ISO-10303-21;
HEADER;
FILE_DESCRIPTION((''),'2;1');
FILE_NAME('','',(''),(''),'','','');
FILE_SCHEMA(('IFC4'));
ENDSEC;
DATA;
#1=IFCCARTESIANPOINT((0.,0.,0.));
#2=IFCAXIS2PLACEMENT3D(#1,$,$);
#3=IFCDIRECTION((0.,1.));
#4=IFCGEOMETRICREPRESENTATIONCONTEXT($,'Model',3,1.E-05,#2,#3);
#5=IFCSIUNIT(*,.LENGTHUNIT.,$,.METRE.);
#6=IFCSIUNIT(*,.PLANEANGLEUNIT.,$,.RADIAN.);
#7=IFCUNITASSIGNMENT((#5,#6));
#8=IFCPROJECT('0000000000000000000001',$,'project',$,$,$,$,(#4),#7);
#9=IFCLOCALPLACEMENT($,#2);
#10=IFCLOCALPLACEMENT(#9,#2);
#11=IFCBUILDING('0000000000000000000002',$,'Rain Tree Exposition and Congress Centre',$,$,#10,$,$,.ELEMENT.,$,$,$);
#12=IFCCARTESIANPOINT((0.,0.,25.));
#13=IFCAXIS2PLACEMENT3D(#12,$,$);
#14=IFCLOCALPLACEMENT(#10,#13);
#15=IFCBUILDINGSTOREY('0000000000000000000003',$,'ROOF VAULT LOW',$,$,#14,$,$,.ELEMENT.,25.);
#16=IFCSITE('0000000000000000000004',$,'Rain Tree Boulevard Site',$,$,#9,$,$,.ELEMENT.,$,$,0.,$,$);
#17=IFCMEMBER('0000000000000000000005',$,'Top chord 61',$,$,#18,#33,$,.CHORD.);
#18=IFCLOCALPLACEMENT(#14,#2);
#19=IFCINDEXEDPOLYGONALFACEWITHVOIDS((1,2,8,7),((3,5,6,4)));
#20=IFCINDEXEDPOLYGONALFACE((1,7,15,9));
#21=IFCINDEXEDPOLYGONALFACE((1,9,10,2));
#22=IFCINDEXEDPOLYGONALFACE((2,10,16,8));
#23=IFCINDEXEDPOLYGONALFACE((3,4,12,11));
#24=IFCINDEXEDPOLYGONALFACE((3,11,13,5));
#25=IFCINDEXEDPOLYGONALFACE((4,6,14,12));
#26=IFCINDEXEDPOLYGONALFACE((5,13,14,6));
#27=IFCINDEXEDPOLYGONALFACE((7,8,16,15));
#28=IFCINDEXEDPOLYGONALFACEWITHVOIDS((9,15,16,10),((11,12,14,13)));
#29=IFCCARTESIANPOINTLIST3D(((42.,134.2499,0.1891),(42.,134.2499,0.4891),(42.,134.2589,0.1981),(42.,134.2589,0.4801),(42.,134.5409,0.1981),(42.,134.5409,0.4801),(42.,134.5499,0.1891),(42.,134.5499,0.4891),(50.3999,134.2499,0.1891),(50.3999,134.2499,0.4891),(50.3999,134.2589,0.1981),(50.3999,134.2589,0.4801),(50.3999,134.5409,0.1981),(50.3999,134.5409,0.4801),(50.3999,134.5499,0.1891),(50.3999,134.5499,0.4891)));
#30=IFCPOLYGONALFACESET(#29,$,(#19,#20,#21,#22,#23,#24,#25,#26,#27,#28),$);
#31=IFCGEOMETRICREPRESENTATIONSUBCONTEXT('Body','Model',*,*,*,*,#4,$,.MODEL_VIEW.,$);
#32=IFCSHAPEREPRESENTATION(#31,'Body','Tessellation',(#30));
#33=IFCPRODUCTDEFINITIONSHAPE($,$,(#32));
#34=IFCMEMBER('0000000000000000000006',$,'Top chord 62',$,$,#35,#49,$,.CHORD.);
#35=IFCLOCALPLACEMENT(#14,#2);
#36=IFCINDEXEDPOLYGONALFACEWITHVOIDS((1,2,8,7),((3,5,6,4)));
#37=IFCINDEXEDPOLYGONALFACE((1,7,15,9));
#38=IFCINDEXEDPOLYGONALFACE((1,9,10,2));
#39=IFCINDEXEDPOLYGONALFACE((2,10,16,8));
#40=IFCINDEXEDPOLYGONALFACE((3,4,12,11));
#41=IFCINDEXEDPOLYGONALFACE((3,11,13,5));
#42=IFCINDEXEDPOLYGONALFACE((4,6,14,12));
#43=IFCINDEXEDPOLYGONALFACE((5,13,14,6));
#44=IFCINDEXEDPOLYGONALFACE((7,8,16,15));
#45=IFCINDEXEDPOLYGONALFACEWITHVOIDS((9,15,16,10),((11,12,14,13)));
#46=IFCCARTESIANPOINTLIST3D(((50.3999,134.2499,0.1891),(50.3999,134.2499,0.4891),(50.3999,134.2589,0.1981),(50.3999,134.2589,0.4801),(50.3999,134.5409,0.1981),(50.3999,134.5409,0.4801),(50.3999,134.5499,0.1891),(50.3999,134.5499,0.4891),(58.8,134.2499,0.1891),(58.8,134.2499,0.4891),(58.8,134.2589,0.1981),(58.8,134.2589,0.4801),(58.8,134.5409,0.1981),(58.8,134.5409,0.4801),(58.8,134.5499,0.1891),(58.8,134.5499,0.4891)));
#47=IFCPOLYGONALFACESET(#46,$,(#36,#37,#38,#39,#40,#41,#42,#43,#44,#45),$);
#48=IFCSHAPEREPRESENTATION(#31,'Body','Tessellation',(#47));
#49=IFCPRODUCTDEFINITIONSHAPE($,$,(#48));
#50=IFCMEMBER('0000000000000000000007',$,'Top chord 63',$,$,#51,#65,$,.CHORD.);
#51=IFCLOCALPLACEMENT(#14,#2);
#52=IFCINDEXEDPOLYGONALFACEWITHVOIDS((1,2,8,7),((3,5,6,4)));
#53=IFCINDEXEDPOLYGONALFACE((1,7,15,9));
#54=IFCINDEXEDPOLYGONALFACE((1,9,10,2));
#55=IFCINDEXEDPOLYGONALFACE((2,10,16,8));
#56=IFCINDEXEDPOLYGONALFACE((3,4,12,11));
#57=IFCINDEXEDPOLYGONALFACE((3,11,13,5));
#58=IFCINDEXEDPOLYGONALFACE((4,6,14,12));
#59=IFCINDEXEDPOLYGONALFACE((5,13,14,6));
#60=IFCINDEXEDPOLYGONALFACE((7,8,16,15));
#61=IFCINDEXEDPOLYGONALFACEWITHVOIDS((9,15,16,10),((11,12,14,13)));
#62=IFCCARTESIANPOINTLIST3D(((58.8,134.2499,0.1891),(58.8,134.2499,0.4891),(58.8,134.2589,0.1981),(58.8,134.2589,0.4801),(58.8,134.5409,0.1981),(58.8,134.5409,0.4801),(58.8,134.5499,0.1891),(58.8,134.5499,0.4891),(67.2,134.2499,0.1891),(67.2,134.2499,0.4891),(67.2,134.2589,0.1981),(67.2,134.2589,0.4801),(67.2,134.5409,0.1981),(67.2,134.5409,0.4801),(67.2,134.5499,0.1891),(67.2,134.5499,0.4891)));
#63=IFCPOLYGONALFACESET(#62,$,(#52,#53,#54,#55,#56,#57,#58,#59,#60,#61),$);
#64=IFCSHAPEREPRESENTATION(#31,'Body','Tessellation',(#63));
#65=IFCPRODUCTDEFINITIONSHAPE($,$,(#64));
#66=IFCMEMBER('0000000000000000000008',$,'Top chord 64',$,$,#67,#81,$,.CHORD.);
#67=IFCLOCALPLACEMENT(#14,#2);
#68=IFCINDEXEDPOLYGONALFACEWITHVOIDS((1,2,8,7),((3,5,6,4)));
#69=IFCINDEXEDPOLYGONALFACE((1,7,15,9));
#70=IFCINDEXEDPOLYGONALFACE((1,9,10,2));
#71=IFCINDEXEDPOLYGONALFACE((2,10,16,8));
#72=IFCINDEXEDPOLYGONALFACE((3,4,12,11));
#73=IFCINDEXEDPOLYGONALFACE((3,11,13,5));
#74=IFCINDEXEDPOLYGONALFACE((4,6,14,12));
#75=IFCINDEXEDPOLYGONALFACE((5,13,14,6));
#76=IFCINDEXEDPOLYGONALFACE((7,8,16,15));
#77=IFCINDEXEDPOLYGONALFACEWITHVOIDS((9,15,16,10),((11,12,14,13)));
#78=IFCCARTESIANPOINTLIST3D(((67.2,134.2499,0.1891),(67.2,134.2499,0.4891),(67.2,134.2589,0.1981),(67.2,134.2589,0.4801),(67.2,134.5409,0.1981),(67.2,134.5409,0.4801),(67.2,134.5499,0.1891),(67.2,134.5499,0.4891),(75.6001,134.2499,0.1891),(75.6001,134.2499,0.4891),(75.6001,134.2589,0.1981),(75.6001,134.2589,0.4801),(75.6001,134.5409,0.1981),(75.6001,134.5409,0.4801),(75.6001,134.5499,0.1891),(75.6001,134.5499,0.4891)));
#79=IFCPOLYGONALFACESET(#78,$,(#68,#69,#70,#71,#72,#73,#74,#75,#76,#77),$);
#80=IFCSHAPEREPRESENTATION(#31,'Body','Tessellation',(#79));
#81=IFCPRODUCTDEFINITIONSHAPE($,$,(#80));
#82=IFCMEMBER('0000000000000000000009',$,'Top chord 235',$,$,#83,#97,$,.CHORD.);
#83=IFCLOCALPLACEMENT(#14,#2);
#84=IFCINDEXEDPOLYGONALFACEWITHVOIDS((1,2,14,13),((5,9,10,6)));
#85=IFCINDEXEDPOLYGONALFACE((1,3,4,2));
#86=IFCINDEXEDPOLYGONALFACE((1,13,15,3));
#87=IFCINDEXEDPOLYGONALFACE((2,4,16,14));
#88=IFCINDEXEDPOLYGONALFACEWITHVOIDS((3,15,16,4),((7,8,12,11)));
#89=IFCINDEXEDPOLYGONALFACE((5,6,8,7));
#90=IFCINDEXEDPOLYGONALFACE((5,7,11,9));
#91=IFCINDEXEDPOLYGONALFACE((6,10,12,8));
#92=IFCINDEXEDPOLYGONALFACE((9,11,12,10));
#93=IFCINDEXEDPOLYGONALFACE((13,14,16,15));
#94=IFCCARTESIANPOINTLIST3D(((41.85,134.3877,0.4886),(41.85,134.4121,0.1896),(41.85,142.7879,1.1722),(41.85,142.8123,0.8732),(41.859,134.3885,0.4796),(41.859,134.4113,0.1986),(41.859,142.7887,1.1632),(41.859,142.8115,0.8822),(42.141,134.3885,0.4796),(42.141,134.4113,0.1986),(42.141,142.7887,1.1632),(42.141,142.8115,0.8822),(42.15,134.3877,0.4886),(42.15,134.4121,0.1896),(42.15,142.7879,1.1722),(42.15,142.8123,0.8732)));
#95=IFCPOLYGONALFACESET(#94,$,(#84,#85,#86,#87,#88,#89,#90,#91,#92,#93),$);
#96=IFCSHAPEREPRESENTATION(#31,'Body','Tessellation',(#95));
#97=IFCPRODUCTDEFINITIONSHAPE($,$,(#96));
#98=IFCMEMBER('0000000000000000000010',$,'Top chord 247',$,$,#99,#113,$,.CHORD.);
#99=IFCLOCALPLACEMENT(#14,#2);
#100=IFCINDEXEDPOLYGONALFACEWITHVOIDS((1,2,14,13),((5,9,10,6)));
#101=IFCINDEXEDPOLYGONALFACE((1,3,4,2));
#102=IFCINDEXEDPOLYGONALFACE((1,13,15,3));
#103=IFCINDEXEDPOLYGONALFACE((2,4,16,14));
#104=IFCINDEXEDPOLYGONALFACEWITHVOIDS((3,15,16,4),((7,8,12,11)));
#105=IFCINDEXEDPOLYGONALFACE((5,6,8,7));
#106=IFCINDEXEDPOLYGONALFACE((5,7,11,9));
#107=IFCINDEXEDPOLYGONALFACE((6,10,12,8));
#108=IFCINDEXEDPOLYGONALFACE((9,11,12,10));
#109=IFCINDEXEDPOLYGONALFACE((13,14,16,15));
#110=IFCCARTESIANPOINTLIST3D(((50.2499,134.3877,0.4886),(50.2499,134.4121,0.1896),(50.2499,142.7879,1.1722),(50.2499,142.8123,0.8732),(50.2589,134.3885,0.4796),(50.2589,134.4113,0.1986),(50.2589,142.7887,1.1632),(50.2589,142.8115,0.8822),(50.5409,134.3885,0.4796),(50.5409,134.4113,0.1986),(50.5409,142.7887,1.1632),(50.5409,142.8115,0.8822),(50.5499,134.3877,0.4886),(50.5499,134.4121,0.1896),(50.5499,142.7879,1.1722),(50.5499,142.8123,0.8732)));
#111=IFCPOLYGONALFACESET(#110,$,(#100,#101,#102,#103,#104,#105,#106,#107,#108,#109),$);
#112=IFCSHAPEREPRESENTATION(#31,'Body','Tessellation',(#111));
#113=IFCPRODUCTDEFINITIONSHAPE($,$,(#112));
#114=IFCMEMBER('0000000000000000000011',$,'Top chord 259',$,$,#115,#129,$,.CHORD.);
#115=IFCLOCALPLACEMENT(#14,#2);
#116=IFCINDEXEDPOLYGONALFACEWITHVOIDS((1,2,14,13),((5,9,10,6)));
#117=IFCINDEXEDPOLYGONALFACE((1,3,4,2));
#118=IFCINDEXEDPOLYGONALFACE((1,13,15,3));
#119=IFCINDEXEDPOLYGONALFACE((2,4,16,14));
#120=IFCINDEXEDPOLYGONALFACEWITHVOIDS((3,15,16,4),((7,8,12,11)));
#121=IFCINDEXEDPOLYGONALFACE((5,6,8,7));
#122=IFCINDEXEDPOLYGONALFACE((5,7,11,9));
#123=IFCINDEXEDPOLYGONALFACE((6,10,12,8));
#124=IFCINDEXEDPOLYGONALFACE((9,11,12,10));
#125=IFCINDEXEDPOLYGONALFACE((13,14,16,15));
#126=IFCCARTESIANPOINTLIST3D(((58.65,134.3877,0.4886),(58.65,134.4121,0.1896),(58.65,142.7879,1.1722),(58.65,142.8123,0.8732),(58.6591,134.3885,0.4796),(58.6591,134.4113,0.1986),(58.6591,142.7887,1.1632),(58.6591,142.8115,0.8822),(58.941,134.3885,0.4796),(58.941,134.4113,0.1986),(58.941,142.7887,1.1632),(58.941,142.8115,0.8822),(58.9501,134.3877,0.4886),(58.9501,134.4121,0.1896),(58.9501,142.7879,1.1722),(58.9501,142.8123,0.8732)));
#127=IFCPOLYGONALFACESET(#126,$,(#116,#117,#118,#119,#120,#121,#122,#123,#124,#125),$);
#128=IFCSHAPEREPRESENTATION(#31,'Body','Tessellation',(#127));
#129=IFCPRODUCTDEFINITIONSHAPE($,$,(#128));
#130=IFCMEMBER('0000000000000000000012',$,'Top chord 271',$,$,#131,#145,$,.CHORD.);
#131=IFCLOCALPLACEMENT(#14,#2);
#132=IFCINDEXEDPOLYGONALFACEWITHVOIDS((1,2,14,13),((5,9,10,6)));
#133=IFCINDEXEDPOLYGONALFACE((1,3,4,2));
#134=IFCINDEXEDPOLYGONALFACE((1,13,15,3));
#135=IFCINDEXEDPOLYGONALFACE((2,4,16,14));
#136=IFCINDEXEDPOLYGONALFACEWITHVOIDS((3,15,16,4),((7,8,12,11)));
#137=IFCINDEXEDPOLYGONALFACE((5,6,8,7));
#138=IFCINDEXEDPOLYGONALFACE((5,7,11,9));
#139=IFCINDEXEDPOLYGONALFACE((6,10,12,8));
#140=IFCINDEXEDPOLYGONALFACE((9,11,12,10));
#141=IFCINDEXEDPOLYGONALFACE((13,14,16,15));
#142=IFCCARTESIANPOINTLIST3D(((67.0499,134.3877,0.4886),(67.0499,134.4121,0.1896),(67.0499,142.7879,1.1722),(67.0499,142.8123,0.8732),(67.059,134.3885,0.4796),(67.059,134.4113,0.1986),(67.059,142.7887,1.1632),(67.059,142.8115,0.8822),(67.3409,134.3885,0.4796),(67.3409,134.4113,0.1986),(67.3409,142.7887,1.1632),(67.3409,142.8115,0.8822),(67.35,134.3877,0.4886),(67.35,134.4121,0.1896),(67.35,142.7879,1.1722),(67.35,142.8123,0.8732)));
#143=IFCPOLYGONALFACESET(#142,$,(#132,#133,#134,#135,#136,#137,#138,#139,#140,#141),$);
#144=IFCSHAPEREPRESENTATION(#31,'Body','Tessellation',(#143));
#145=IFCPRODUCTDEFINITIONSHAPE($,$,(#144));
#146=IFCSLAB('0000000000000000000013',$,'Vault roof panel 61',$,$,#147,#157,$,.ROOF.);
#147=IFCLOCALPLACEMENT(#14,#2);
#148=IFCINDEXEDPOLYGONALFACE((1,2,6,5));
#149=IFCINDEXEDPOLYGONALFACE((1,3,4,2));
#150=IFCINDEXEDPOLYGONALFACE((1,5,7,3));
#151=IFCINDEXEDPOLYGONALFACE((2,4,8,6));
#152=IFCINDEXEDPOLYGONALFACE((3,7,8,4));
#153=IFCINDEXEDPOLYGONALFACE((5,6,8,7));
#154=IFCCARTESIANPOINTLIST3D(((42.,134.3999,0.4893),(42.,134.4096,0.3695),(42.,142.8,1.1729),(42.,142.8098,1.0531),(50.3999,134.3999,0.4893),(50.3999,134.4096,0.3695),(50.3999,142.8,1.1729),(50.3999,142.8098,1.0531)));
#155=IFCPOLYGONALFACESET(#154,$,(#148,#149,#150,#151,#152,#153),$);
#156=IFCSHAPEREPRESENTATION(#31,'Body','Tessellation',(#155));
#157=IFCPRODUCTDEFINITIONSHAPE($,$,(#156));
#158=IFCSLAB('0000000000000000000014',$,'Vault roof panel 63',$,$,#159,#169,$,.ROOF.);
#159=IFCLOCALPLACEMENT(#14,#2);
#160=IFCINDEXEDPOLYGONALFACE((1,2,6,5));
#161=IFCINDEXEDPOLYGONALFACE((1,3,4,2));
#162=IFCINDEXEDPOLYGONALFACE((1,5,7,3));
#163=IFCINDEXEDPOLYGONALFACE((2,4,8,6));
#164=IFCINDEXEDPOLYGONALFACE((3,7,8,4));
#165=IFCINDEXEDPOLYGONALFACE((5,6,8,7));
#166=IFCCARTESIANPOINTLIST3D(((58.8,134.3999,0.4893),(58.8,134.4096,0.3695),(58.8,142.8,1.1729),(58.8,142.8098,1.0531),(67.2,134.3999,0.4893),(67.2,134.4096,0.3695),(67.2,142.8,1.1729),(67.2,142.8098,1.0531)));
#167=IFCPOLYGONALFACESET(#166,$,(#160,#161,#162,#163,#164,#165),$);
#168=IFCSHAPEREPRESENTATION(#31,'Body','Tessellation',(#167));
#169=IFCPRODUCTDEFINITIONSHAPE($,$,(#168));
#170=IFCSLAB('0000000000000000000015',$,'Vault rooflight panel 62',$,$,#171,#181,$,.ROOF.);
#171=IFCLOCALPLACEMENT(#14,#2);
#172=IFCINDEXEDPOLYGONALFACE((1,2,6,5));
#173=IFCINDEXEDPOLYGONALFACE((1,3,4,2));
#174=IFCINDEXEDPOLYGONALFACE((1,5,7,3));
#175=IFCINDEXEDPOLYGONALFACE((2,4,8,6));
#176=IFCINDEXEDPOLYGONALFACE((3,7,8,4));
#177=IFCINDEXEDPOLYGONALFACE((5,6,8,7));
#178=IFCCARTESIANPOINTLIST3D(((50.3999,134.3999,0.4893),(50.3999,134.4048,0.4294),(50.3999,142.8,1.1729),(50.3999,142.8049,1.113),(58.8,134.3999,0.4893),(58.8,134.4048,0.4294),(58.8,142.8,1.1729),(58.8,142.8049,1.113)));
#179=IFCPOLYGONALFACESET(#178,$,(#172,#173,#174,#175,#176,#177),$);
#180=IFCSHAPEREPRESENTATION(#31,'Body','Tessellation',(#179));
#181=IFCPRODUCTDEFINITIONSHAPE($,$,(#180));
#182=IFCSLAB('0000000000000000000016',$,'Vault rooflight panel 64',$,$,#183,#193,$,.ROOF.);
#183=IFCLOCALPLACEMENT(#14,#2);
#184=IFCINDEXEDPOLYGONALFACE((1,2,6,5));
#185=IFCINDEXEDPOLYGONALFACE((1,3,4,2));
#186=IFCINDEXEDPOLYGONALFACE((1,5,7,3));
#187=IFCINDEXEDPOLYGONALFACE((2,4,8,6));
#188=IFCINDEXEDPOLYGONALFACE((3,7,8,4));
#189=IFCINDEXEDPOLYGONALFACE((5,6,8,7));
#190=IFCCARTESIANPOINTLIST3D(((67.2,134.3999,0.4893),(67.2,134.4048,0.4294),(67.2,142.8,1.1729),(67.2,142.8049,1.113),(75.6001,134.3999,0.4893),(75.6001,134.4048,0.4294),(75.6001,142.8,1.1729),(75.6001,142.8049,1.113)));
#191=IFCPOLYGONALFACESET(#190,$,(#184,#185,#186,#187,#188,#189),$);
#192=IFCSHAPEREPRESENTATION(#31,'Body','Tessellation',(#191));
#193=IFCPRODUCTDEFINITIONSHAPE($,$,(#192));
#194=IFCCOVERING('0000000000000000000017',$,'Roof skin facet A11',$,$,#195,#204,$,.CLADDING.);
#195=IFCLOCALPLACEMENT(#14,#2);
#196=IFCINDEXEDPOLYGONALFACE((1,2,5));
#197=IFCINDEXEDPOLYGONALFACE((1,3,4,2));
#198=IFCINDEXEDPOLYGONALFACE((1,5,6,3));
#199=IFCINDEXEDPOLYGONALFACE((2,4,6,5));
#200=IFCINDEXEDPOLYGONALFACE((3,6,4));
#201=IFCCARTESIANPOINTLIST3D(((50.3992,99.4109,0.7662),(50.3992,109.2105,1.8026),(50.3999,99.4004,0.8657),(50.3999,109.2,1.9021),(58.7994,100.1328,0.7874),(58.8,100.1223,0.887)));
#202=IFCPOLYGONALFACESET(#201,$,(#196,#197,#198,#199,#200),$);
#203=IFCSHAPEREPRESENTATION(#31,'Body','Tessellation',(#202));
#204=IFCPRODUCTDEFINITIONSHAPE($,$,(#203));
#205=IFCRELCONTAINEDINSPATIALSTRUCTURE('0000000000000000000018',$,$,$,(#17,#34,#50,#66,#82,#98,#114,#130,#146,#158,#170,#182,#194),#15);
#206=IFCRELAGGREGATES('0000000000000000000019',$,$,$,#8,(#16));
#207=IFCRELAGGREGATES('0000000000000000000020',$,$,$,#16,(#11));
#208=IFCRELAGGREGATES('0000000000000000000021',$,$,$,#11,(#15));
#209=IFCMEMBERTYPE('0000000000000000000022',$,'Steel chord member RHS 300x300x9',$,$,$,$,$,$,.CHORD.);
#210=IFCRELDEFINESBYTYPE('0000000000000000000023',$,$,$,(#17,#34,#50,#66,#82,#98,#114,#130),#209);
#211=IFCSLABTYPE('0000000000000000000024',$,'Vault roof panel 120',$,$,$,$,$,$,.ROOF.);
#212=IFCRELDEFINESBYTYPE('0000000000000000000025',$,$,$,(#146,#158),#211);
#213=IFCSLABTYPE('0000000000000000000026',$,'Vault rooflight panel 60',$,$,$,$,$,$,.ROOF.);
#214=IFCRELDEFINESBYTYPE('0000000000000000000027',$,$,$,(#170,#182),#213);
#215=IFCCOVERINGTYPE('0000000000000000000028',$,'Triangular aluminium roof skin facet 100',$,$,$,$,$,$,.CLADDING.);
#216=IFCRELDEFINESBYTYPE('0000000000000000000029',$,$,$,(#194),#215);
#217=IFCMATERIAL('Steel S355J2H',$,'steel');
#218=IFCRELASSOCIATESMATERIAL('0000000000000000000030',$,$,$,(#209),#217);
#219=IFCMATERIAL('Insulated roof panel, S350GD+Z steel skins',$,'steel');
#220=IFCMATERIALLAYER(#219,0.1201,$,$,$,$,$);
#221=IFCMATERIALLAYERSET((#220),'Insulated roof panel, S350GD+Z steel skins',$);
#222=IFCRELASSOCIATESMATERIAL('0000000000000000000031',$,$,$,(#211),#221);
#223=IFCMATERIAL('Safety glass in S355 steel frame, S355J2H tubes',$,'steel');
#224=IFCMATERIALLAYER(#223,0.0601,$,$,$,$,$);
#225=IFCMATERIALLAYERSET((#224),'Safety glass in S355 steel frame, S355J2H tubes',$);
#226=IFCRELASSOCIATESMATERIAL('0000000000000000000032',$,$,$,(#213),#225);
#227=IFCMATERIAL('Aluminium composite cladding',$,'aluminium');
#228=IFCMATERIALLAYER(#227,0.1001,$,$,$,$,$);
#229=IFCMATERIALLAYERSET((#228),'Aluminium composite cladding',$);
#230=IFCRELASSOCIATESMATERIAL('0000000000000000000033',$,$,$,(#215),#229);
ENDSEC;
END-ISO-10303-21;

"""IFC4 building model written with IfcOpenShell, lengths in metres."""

from ifc_helpers import new_model, si_unit, direction, frame, origin, origin_2d, place, context, subcontext, project, spatial, polyline, hollow_rectangle, outline, extrude, material, layer, layer_set, material_profile, profile_set, type_object, element, save


model = new_model("IFC4")

# Units and contexts
model_context = context("Model", 3, precision=1e-05, world=origin(), true_north=direction((0.0, 1.0)))
body_context = subcontext(model_context, "Body", "Model", "MODEL_VIEW")
ifc_project = project(units=[si_unit("LENGTHUNIT", "METRE"), si_unit("PLANEANGLEUNIT", "RADIAN")], contexts=[model_context])

# Site, building, storey
site_placement = place(None, origin())
site = spatial("IfcSite", under=ifc_project, at=site_placement, Name="Rain Tree Boulevard Site", CompositionType="ELEMENT", RefElevation=0.0)
building_placement = place(site_placement, origin())
building = spatial("IfcBuilding", under=site, at=building_placement, Name="Rain Tree Exposition and Congress Centre", CompositionType="ELEMENT")
storey_placement = place(building_placement, frame((0.0, 0.0, 25.0)))
storey = spatial("IfcBuildingStorey", under=building, at=storey_placement, Name="ROOF VAULT LOW", CompositionType="ELEMENT", Elevation=25.0)

# Members
ifc_material_1 = material(Name="Steel S355J2H", Category="steel")
ifc_material_profile_1 = material_profile(ifc_material_1, hollow_rectangle(XDim=0.3, YDim=0.3, WallThickness=0.009, at=origin_2d()), Name="RHS 300x300x9")
ifc_profile_set_1 = profile_set([ifc_material_profile_1], Name="Steel S355J2H")
member_type = type_object("IfcMemberType", Name="Steel chord member RHS 300x300x9", PredefinedType="CHORD", material=ifc_profile_set_1)
member_1_placement = place(storey_placement, frame((42.0, 134.3999, 0.3391), z_axis=(1.0, 0.0, 0.0), x_axis=(0.0, 1.0, 0.0)))
element("IfcMember", 1, at=member_1_placement, inside=storey, type_object=member_type, Name="Top chord 61", PredefinedType="CHORD", context=body_context, shape_type="SweptSolid", body=[
    extrude(hollow_rectangle(XDim=0.3, YDim=0.3, WallThickness=0.009, at=origin_2d()), origin(), (0.0, 0.0, 1.0), 8.3999),
])
member_2_placement = place(storey_placement, frame((50.3999, 134.3999, 0.3391), z_axis=(1.0, 0.0, 0.0), x_axis=(0.0, 1.0, 0.0)))
element("IfcMember", 2, at=member_2_placement, inside=storey, type_object=member_type, Name="Top chord 62", PredefinedType="CHORD", context=body_context, shape_type="SweptSolid", body=[
    extrude(hollow_rectangle(XDim=0.3, YDim=0.3, WallThickness=0.009, at=origin_2d()), origin(), (0.0, 0.0, 1.0), 8.4001),
])
member_3_placement = place(storey_placement, frame((58.8, 134.3999, 0.3391), z_axis=(1.0, 0.0, 0.0), x_axis=(0.0, 1.0, 0.0)))
element("IfcMember", 3, at=member_3_placement, inside=storey, type_object=member_type, Name="Top chord 63", PredefinedType="CHORD", context=body_context, shape_type="SweptSolid", body=[
    extrude(hollow_rectangle(XDim=0.3, YDim=0.3, WallThickness=0.009, at=origin_2d()), origin(), (0.0, 0.0, 1.0), 8.3999),
])
member_4_placement = place(storey_placement, frame((67.2, 134.3999, 0.3391), z_axis=(1.0, 0.0, 0.0), x_axis=(0.0, 1.0, 0.0)))
element("IfcMember", 4, at=member_4_placement, inside=storey, type_object=member_type, Name="Top chord 64", PredefinedType="CHORD", context=body_context, shape_type="SweptSolid", body=[
    extrude(hollow_rectangle(XDim=0.3, YDim=0.3, WallThickness=0.009, at=origin_2d()), origin(), (0.0, 0.0, 1.0), 8.4001),
])
for number, where, z_axis, x_axis, name in (
    (5, (42.0, 134.3999, 0.3391), (0.0, 0.996705, 0.081111), (-1.0, 0.0, 0.0), "Top chord 235"),
    (6, (50.3999, 134.3999, 0.3391), (0.0, 0.996705, 0.081111), (-1.0, 0.0, 0.0), "Top chord 247"),
    (7, (58.8, 134.3999, 0.3391), (0.0, 0.996705, 0.081111), (-1.0, 0.0, 0.0), "Top chord 259"),
    (8, (67.2, 134.3999, 0.3391), (0.0, 0.996705, 0.081111), (-1.0, 0.0, 0.0), "Top chord 271"),
):
    element("IfcMember", number, at=place(storey_placement, frame(where, z_axis=z_axis, x_axis=x_axis)), inside=storey, type_object=member_type, Name=name, PredefinedType="CHORD", context=body_context, shape_type="SweptSolid", body=[
        extrude(hollow_rectangle(XDim=0.3, YDim=0.3, WallThickness=0.009, at=origin_2d()), origin(), (0.0, 0.0, 1.0), 8.428),
    ])

# Slabs
ifc_material_2 = material(Name="Insulated roof panel, S350GD+Z steel skins", Category="steel")
ifc_layer_1 = layer(ifc_material_2, 0.1201)
ifc_layer_set_1 = layer_set([ifc_layer_1], Name="Insulated roof panel, S350GD+Z steel skins")
slab_type_1 = type_object("IfcSlabType", Name="Vault roof panel 120", PredefinedType="ROOF", material=ifc_layer_set_1)
for number, where, z_axis, x_axis, name in (
    (9, (42.0, 134.3999, 0.4893), (0.0, -0.081111, 0.996705), (1.0, 0.0, 0.0), "Vault roof panel 61"),
    (10, (58.8, 134.3999, 0.4893), (0.0, -0.081111, 0.996705), (1.0, 0.0, 0.0), "Vault roof panel 63"),
):
    element("IfcSlab", number, at=place(storey_placement, frame(where, z_axis=z_axis, x_axis=x_axis)), inside=storey, type_object=slab_type_1, Name=name, PredefinedType="ROOF", context=body_context, shape_type="SweptSolid", body=[
        extrude(outline(polyline([(0.0, 0.0), (8.3999, 0.0), (8.3999, 8.4279), (0.0, 8.4279), (0.0, 0.0)])), origin(), (0.0, 0.0, -1.0), 0.1201),
    ])
ifc_material_3 = material(Name="Safety glass in S355 steel frame, S355J2H tubes", Category="steel")
ifc_layer_2 = layer(ifc_material_3, 0.0601)
ifc_layer_set_2 = layer_set([ifc_layer_2], Name="Safety glass in S355 steel frame, S355J2H tubes")
slab_type_2 = type_object("IfcSlabType", Name="Vault rooflight panel 60", PredefinedType="ROOF", material=ifc_layer_set_2)
for number, where, z_axis, x_axis, name in (
    (11, (50.3999, 134.3999, 0.4893), (0.0, -0.081111, 0.996705), (1.0, 0.0, 0.0), "Vault rooflight panel 62"),
    (12, (67.2, 134.3999, 0.4893), (0.0, -0.081111, 0.996705), (1.0, 0.0, 0.0), "Vault rooflight panel 64"),
):
    element("IfcSlab", number, at=place(storey_placement, frame(where, z_axis=z_axis, x_axis=x_axis)), inside=storey, type_object=slab_type_2, Name=name, PredefinedType="ROOF", context=body_context, shape_type="SweptSolid", body=[
        extrude(outline(polyline([(0.0, 0.0), (8.4001, 0.0), (8.4001, 8.4279), (0.0, 8.4279), (0.0, 0.0)])), origin(), (0.0, 0.0, -1.0), 0.0601),
    ])

# Covering
ifc_material_4 = material(Name="Aluminium composite cladding", Category="aluminium")
ifc_layer_3 = layer(ifc_material_4, 0.1001)
ifc_layer_set_3 = layer_set([ifc_layer_3], Name="Aluminium composite cladding")
covering_type = type_object("IfcCoveringType", Name="Triangular aluminium roof skin facet 100", PredefinedType="CLADDING", material=ifc_layer_set_3)
covering_1_placement = place(storey_placement, frame((50.3999, 99.4004, 0.8657), z_axis=(0.006524, -0.105169, 0.994433), x_axis=(0.996324, 0.085626, 0.002519)))
element("IfcCovering", 13, at=covering_1_placement, inside=storey, type_object=covering_type, Name="Roof skin facet A11", PredefinedType="CLADDING", context=body_context, shape_type="SweptSolid", body=[
    extrude(outline(polyline([(0.0, 0.0), (8.4311, 0.0), (0.8417, 9.8182), (0.0, 0.0)])), origin(), (0.0, 0.0, -1.0), 0.1001),
])

save(model, "model.ifc")
